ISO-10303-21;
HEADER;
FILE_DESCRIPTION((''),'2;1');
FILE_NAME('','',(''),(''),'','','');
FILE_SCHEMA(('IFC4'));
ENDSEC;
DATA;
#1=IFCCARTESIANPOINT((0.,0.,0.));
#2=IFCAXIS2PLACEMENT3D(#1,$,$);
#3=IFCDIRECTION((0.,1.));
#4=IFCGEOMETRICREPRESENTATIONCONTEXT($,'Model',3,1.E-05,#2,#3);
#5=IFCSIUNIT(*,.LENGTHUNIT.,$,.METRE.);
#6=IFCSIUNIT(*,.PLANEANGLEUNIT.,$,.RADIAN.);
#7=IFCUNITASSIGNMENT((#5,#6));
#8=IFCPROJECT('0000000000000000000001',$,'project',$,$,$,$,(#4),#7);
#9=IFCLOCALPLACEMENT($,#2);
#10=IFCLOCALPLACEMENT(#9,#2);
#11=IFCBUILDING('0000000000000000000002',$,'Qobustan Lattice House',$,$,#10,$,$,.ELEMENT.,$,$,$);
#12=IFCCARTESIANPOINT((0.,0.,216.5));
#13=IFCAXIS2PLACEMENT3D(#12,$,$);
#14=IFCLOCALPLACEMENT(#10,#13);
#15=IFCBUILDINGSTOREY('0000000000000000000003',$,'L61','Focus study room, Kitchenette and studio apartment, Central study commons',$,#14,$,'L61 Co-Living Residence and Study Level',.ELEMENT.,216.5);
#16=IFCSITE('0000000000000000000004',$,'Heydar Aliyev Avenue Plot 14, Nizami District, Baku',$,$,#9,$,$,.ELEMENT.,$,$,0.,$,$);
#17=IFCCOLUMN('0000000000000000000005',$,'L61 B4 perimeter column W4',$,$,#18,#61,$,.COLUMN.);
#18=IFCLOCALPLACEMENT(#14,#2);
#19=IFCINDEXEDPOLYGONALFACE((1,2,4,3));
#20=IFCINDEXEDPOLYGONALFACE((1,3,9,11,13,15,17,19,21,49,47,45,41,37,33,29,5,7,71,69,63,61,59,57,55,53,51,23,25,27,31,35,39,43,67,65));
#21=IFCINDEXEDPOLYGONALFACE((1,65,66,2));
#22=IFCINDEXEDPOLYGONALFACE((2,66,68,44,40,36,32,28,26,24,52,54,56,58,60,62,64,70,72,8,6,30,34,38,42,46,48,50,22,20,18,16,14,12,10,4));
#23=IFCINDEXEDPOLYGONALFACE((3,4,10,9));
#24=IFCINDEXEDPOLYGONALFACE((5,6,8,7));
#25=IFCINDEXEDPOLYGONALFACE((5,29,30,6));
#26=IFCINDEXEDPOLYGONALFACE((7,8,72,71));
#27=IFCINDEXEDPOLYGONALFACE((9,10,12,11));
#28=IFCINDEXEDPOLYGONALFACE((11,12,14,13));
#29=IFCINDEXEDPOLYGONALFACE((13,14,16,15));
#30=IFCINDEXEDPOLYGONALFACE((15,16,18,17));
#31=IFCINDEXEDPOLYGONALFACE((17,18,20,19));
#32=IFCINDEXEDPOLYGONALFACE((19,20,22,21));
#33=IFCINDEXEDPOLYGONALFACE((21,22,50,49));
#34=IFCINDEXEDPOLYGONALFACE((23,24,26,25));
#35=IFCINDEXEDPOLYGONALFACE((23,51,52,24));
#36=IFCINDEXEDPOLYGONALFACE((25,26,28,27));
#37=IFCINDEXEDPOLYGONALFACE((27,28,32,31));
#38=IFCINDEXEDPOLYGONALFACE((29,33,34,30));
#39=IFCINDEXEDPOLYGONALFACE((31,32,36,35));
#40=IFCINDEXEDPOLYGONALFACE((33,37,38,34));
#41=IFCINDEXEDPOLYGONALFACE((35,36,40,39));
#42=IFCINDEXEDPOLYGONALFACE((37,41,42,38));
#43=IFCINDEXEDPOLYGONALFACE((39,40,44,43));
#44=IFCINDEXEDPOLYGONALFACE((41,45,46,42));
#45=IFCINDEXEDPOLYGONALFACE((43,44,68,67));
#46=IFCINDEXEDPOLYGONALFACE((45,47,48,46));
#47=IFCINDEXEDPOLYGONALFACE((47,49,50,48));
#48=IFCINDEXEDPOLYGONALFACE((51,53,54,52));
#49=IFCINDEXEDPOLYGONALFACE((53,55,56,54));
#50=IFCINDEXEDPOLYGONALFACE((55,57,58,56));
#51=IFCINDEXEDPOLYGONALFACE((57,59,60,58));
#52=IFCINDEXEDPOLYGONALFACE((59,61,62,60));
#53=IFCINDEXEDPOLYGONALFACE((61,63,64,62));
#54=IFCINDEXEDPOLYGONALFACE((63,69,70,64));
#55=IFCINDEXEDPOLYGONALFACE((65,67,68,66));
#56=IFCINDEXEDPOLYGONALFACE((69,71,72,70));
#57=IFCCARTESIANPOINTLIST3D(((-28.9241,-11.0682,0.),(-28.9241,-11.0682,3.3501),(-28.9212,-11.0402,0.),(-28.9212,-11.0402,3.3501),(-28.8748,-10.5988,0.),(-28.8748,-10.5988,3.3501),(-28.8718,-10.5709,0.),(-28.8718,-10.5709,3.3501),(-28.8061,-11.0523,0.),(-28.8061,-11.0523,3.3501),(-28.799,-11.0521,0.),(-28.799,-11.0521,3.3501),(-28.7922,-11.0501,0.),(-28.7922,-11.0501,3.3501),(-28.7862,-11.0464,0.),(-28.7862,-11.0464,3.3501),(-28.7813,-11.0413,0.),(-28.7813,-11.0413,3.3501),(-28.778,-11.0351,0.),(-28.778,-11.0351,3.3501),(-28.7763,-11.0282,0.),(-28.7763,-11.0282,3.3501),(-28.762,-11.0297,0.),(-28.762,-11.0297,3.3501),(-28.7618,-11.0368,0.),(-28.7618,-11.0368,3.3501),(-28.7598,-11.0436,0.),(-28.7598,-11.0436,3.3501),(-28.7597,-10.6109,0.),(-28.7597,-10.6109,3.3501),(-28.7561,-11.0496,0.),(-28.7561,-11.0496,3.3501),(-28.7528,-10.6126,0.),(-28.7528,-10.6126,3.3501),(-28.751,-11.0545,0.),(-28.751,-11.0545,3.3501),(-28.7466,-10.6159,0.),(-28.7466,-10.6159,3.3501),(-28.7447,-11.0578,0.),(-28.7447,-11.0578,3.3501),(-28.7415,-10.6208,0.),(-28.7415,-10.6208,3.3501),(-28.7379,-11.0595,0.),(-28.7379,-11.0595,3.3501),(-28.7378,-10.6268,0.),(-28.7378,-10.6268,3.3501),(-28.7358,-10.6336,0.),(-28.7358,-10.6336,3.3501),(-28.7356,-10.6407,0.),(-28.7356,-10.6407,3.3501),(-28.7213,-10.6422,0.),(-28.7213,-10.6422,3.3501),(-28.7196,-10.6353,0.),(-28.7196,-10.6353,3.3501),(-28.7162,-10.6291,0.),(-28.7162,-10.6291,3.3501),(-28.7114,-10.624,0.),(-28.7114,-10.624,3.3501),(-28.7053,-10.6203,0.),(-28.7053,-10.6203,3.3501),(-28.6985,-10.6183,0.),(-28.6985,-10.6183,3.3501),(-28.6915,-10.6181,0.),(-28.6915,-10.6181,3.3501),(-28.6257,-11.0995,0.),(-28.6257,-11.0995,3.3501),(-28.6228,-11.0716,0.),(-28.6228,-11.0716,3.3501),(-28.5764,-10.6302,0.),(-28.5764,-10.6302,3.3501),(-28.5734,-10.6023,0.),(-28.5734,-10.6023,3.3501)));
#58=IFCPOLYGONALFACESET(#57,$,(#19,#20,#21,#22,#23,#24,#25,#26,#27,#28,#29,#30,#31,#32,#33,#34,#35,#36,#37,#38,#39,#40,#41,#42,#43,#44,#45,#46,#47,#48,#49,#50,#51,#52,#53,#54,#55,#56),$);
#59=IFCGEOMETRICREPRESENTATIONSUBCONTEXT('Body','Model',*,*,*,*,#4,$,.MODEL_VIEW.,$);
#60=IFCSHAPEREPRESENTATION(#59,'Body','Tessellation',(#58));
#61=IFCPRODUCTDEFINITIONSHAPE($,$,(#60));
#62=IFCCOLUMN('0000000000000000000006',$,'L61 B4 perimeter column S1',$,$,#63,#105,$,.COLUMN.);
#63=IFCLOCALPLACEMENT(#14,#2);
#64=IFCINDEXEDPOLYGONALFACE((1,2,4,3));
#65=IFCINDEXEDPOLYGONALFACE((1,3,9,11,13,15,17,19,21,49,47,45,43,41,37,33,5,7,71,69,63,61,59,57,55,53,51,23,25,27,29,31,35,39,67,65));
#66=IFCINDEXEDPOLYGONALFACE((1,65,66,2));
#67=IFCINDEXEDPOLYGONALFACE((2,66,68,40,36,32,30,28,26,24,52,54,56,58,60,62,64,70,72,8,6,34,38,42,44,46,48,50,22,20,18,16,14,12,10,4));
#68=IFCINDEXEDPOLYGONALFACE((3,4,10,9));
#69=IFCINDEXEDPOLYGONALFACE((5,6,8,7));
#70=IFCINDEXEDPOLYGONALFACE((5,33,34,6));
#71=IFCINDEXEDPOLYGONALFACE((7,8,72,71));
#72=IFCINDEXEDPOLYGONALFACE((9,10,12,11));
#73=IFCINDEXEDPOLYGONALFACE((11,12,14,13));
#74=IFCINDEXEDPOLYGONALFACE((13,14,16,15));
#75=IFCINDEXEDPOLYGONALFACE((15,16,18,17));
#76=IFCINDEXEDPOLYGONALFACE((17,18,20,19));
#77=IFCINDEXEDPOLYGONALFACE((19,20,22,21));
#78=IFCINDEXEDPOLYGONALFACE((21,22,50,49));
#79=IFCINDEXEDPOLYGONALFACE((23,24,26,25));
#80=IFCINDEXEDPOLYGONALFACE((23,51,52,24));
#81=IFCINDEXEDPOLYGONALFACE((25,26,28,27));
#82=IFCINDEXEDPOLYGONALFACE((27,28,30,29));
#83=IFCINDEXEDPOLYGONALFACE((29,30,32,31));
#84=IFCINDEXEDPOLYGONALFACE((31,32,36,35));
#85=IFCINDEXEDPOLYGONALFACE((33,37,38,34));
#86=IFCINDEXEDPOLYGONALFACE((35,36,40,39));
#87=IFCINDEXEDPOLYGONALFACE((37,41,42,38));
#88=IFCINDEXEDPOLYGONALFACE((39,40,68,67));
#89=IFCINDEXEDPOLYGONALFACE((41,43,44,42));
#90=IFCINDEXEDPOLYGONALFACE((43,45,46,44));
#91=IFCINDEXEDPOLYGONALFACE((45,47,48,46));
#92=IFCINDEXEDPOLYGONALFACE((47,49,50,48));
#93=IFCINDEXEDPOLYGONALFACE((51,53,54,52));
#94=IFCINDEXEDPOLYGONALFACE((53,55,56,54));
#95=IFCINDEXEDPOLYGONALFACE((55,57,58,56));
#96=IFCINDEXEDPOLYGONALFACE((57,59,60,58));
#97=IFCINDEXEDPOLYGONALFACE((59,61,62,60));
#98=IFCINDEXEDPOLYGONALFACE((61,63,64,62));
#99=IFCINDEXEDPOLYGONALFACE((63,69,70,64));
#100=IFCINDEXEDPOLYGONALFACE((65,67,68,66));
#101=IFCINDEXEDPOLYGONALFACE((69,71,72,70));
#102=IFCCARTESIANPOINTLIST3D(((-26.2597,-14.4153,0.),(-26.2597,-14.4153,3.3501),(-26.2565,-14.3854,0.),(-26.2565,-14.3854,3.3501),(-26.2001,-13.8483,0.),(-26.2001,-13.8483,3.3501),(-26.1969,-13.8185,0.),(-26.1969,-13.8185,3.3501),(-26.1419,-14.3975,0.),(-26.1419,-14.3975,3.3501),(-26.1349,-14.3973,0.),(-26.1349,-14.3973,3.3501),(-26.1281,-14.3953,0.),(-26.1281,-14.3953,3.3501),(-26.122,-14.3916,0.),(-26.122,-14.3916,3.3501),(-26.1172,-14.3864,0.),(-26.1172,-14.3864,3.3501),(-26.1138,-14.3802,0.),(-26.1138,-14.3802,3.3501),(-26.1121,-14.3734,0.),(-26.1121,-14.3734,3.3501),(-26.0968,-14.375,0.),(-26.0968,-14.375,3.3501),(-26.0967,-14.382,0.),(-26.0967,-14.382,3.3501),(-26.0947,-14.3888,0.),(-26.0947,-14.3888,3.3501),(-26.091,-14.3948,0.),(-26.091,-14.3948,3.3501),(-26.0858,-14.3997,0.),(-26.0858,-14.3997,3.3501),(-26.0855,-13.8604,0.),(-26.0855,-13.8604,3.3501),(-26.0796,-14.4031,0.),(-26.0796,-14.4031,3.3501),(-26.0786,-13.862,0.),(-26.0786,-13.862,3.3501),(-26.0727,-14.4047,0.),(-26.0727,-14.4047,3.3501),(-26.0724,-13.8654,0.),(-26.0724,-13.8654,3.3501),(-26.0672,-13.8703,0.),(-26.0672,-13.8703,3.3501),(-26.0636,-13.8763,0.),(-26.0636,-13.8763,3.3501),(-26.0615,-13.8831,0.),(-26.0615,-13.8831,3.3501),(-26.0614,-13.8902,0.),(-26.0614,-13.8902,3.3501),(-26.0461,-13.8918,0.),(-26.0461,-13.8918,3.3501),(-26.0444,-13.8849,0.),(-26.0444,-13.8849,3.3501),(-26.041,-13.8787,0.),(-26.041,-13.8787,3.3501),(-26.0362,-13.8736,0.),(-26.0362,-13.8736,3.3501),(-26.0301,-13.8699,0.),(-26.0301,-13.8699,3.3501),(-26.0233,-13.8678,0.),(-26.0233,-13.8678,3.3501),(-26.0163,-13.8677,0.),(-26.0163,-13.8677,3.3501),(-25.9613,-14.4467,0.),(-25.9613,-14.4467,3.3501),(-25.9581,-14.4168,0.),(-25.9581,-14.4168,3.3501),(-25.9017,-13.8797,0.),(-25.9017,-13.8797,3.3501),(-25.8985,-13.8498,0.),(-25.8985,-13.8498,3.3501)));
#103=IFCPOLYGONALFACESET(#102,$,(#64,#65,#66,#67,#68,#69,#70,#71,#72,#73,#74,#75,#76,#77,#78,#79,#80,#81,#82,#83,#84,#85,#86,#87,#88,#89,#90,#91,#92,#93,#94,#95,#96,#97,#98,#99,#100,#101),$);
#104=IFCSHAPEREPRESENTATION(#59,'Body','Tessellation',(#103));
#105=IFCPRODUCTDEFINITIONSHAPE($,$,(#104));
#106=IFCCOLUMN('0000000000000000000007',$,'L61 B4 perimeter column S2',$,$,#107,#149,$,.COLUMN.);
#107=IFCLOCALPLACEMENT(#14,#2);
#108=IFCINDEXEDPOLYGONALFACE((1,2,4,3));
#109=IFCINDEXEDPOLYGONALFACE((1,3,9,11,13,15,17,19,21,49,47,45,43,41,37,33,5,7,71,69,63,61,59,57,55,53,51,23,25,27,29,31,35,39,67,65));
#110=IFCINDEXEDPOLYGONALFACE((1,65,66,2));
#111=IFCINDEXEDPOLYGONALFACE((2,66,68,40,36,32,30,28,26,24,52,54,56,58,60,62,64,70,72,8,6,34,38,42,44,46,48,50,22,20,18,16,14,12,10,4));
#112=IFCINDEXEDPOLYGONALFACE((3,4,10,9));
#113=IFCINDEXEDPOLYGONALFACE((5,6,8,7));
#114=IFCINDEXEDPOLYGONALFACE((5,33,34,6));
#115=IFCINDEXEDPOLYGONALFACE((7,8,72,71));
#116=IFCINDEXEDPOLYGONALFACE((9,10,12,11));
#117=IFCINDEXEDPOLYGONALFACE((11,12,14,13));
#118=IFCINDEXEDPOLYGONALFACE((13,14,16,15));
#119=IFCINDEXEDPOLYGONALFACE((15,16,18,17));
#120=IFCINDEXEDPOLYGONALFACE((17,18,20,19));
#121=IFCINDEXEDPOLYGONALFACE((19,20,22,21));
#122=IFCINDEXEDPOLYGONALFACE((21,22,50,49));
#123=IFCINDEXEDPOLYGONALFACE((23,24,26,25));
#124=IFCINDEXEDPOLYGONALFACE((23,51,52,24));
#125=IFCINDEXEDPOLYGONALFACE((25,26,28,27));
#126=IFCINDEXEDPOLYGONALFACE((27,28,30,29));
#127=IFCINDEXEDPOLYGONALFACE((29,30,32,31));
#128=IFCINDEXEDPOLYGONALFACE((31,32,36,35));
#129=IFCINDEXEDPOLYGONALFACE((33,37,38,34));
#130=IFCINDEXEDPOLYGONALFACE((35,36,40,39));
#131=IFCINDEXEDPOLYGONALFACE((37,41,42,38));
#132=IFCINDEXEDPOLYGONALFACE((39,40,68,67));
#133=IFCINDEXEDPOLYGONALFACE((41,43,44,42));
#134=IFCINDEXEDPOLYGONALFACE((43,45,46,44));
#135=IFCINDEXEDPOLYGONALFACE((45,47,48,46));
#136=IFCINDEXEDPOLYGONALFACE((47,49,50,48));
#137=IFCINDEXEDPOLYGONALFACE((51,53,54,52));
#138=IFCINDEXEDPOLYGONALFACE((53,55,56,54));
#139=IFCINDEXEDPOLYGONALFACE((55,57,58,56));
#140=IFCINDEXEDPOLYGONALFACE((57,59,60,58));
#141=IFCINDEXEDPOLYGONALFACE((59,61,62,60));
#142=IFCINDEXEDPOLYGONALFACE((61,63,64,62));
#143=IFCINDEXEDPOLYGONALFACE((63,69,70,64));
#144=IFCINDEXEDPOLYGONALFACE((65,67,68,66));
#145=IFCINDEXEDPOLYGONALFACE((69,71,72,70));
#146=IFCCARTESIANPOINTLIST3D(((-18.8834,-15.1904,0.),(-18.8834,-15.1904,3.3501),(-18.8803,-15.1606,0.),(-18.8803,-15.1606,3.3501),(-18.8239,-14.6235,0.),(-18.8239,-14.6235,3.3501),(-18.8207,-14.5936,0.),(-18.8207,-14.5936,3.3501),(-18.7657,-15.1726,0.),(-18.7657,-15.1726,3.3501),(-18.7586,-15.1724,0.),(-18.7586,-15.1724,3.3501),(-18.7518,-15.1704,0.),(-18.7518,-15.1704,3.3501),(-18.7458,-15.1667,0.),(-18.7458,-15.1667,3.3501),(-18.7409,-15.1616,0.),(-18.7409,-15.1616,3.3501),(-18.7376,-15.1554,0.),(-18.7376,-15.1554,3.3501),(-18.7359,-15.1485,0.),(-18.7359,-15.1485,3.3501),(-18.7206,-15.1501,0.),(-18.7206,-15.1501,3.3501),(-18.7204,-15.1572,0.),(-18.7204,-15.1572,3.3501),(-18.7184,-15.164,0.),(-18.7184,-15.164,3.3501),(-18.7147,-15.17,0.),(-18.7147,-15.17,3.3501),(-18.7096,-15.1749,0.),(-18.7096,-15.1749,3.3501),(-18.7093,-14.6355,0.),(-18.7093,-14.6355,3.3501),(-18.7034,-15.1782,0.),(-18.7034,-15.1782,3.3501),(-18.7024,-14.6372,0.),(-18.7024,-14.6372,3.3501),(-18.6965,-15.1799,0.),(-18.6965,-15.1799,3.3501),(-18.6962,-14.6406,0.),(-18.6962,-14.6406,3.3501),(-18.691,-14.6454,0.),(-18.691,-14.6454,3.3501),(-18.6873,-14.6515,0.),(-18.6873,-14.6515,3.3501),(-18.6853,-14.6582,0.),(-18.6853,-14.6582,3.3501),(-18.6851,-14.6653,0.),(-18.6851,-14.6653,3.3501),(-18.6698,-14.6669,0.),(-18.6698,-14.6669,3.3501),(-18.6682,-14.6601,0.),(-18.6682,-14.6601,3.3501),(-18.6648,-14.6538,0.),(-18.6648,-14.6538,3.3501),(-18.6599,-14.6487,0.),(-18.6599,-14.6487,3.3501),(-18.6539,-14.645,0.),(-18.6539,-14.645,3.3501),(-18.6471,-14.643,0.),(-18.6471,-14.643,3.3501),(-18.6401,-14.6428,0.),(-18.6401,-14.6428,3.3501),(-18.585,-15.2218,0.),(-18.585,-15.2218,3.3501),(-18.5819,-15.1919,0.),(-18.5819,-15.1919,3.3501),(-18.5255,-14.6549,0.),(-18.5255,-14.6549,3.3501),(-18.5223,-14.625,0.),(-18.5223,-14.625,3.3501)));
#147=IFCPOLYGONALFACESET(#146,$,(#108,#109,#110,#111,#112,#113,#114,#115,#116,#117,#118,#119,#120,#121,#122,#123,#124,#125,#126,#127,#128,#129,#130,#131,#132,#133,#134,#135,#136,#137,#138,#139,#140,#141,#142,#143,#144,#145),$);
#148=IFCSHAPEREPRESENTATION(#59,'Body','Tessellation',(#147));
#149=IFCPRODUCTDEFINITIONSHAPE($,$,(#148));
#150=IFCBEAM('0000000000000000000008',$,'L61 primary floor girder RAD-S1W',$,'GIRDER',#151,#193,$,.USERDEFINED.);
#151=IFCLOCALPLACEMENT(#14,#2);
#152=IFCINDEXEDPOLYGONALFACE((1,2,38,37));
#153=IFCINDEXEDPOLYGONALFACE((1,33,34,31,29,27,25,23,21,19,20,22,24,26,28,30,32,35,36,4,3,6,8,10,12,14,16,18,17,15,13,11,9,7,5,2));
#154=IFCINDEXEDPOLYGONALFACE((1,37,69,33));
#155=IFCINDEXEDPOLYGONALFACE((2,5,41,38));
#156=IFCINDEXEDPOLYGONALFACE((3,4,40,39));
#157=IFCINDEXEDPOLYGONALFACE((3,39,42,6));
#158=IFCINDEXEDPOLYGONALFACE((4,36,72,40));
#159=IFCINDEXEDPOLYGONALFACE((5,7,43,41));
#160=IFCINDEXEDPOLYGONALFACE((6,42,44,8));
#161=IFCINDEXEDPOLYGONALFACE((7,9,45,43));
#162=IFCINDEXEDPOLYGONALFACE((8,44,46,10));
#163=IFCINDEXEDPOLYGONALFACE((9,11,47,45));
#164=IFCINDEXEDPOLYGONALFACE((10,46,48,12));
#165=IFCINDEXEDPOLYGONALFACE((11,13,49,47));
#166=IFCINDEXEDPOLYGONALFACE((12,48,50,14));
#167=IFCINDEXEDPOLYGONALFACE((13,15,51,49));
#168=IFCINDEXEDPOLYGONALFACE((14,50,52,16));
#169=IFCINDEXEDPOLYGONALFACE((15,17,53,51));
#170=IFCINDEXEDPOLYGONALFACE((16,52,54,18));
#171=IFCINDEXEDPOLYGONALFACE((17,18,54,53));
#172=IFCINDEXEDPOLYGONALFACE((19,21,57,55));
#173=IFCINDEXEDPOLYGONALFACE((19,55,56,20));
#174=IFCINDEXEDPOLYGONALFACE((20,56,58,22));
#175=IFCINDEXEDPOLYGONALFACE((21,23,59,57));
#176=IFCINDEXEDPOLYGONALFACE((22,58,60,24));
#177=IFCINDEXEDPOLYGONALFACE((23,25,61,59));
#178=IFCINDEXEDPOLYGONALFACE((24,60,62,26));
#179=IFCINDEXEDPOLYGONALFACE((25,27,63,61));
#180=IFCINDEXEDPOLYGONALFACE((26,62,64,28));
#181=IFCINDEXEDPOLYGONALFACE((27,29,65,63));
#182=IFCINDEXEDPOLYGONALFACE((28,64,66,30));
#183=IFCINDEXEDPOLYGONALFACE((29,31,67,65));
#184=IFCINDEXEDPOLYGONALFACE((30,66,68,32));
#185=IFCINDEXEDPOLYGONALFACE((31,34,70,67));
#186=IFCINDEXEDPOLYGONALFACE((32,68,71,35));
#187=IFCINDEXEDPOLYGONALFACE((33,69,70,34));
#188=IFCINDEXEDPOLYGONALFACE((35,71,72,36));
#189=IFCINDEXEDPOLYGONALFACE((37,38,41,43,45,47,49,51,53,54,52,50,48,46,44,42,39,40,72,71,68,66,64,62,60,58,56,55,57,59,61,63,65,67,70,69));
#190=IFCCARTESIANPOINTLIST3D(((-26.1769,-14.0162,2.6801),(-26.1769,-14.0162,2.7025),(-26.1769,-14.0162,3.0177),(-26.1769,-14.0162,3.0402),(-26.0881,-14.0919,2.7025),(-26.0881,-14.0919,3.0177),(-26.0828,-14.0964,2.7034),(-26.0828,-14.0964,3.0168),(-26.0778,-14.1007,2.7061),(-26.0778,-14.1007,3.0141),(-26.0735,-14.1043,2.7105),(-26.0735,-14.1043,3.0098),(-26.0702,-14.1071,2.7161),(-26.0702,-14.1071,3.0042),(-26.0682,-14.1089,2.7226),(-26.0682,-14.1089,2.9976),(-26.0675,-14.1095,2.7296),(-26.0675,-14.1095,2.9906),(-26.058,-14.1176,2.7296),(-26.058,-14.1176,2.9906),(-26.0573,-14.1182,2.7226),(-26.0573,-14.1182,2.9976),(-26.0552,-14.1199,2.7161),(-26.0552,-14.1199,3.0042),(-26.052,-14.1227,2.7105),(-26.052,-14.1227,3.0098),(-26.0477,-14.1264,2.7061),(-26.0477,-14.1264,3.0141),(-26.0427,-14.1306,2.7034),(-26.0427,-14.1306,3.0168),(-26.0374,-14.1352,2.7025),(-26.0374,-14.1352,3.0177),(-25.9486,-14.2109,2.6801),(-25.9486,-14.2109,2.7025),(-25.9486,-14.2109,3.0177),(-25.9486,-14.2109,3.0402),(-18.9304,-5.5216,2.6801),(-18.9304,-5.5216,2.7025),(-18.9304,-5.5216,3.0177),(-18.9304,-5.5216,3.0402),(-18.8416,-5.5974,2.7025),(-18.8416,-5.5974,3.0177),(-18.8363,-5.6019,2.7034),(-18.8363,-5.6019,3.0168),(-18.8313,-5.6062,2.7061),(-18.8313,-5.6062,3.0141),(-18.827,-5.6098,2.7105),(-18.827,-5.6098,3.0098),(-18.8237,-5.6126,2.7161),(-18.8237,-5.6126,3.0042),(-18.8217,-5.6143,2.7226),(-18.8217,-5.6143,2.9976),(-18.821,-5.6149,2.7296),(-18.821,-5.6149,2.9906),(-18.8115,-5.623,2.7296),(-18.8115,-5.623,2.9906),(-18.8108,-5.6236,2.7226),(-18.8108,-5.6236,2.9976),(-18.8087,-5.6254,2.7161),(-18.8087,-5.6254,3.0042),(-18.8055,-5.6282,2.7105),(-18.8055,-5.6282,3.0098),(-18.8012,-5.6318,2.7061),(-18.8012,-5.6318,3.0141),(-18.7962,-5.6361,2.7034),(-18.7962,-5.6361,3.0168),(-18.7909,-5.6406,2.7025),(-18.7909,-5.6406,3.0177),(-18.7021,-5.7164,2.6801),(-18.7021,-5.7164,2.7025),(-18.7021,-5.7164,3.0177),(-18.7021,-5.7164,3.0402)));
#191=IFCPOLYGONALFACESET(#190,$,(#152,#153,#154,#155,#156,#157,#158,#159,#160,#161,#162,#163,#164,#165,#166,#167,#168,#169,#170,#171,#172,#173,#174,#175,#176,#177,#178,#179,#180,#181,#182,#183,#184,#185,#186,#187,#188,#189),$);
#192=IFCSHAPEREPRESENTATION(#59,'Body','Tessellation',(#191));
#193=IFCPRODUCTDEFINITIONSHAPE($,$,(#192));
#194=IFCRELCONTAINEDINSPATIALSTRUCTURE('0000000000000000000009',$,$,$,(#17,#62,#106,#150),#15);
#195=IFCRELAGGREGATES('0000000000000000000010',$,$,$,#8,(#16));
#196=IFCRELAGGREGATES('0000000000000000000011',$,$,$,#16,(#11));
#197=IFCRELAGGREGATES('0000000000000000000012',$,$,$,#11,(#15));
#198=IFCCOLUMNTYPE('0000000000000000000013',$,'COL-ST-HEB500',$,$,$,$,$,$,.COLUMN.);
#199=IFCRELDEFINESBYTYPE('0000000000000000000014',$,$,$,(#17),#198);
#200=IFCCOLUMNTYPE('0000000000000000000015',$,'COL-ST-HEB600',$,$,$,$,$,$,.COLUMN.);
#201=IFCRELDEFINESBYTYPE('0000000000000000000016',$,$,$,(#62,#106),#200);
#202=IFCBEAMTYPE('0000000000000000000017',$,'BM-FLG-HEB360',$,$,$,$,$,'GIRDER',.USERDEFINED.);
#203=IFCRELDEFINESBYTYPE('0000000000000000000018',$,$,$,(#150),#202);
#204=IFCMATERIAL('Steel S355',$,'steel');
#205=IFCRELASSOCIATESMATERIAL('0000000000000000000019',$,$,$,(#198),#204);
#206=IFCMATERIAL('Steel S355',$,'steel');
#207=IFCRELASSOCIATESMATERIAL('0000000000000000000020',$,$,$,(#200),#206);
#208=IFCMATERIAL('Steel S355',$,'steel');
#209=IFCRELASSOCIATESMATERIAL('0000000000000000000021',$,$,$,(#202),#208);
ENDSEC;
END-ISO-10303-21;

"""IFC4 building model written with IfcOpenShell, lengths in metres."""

from ifc_helpers import new_model, si_unit, direction, frame, origin, origin_2d, place, context, subcontext, project, spatial, i_section, extrude, material, material_profile, profile_set, type_object, element, save


model = new_model("IFC4")

# Units and contexts
model_context = context("Model", 3, precision=1e-05, world=origin(), true_north=direction((0.0, 1.0)))
body_context = subcontext(model_context, "Body", "Model", "MODEL_VIEW")
ifc_project = project(units=[si_unit("LENGTHUNIT", "METRE"), si_unit("PLANEANGLEUNIT", "RADIAN")], contexts=[model_context])

# Site, building, storey
site_placement = place(None, origin())
site = spatial("IfcSite", under=ifc_project, at=site_placement, Name="Heydar Aliyev Avenue Plot 14, Nizami District, Baku", CompositionType="ELEMENT", RefElevation=0.0)
building_placement = place(site_placement, origin())
building = spatial("IfcBuilding", under=site, at=building_placement, Name="Qobustan Lattice House", CompositionType="ELEMENT")
storey_placement = place(building_placement, frame((0.0, 0.0, 216.5)))
storey = spatial("IfcBuildingStorey", under=building, at=storey_placement, Name="L61", Description="Focus study room, Kitchenette and studio apartment, Central study commons", LongName="L61 Co-Living Residence and Study Level", CompositionType="ELEMENT", Elevation=216.5)

# Columns
ifc_material_1 = material(Name="Steel S355", Category="steel")
ifc_material_profile_1 = material_profile(ifc_material_1, i_section(OverallWidth=0.3, OverallDepth=0.5, WebThickness=0.0144, FlangeThickness=0.0281, FilletRadius=0.0271, at=origin_2d()), Name="HEB500")
ifc_profile_set_1 = profile_set([ifc_material_profile_1], Name="Steel S355")
column_type_1 = type_object("IfcColumnType", Name="COL-ST-HEB500", PredefinedType="COLUMN", material=ifc_profile_set_1)
column_placement = place(storey_placement, frame((-28.7488, -10.8352, 0.0), z_axis=(0.0, 0.0, 1.0), x_axis=(0.994522, -0.104528, 0.0)))
element("IfcColumn", 1, at=column_placement, inside=storey, type_object=column_type_1, Name="L61 B4 perimeter column W4", PredefinedType="COLUMN", context=body_context, shape_type="SweptSolid", body=[
    extrude(i_section(OverallWidth=0.3, OverallDepth=0.5, WebThickness=0.0144, FlangeThickness=0.0281, FilletRadius=0.0271, at=origin_2d()), origin(), (0.0, 0.0, 1.0), 3.3501),
])
ifc_material_2 = material(Name="Steel S355", Category="steel")
ifc_material_profile_2 = material_profile(ifc_material_2, i_section(OverallWidth=0.3, OverallDepth=0.6001, WebThickness=0.0154, FlangeThickness=0.03, FilletRadius=0.0271, at=origin_2d()), Name="HEB600")
ifc_profile_set_2 = profile_set([ifc_material_profile_2], Name="Steel S355")
column_type_2 = type_object("IfcColumnType", Name="COL-ST-HEB600", PredefinedType="COLUMN", material=ifc_profile_set_2)
for number, where, z_axis, x_axis, name in (
    (2, (-26.0791, -14.1326, 0.0), (0.0, 0.0, 1.0), (0.994522, -0.104528, 0.0), "L61 B4 perimeter column S1"),
    (3, (-18.7029, -14.9077, 0.0), (0.0, 0.0, 1.0), (0.994522, -0.104528, 0.0), "L61 B4 perimeter column S2"),
):
    element("IfcColumn", number, at=place(storey_placement, frame(where, z_axis=z_axis, x_axis=x_axis)), inside=storey, type_object=column_type_2, Name=name, PredefinedType="COLUMN", context=body_context, shape_type="SweptSolid", body=[
        extrude(i_section(OverallWidth=0.3, OverallDepth=0.6001, WebThickness=0.0154, FlangeThickness=0.03, FilletRadius=0.0271, at=origin_2d()), origin(), (0.0, 0.0, 1.0), 3.3501),
    ])

# Beam
ifc_material_3 = material(Name="Steel S355", Category="steel")
ifc_material_profile_3 = material_profile(ifc_material_3, i_section(OverallWidth=0.3, OverallDepth=0.3601, WebThickness=0.0125, FlangeThickness=0.0225, FilletRadius=0.0271, at=origin_2d()), Name="HEB360")
ifc_profile_set_3 = profile_set([ifc_material_profile_3], Name="Steel S355")
beam_type_1 = type_object("IfcBeamType", Name="BM-FLG-HEB360", ElementType="GIRDER", PredefinedType="USERDEFINED", material=ifc_profile_set_3)
beam_1_placement = place(storey_placement, frame((-26.0627, -14.1135, 2.8601), z_axis=(0.649007, 0.760783, 0.0), x_axis=(-0.760783, 0.649007, 0.0)))
element("IfcBeam", 4, at=beam_1_placement, inside=storey, type_object=beam_type_1, Name="L61 primary floor girder RAD-S1W", ObjectType="GIRDER", PredefinedType="USERDEFINED", context=body_context, shape_type="SweptSolid", body=[
    extrude(i_section(OverallWidth=0.3, OverallDepth=0.3601, WebThickness=0.0125, FlangeThickness=0.0225, FilletRadius=0.0271, at=origin_2d()), origin(), (0.0, 0.0, 1.0), 11.1655),
])

save(model, "model.ifc")
